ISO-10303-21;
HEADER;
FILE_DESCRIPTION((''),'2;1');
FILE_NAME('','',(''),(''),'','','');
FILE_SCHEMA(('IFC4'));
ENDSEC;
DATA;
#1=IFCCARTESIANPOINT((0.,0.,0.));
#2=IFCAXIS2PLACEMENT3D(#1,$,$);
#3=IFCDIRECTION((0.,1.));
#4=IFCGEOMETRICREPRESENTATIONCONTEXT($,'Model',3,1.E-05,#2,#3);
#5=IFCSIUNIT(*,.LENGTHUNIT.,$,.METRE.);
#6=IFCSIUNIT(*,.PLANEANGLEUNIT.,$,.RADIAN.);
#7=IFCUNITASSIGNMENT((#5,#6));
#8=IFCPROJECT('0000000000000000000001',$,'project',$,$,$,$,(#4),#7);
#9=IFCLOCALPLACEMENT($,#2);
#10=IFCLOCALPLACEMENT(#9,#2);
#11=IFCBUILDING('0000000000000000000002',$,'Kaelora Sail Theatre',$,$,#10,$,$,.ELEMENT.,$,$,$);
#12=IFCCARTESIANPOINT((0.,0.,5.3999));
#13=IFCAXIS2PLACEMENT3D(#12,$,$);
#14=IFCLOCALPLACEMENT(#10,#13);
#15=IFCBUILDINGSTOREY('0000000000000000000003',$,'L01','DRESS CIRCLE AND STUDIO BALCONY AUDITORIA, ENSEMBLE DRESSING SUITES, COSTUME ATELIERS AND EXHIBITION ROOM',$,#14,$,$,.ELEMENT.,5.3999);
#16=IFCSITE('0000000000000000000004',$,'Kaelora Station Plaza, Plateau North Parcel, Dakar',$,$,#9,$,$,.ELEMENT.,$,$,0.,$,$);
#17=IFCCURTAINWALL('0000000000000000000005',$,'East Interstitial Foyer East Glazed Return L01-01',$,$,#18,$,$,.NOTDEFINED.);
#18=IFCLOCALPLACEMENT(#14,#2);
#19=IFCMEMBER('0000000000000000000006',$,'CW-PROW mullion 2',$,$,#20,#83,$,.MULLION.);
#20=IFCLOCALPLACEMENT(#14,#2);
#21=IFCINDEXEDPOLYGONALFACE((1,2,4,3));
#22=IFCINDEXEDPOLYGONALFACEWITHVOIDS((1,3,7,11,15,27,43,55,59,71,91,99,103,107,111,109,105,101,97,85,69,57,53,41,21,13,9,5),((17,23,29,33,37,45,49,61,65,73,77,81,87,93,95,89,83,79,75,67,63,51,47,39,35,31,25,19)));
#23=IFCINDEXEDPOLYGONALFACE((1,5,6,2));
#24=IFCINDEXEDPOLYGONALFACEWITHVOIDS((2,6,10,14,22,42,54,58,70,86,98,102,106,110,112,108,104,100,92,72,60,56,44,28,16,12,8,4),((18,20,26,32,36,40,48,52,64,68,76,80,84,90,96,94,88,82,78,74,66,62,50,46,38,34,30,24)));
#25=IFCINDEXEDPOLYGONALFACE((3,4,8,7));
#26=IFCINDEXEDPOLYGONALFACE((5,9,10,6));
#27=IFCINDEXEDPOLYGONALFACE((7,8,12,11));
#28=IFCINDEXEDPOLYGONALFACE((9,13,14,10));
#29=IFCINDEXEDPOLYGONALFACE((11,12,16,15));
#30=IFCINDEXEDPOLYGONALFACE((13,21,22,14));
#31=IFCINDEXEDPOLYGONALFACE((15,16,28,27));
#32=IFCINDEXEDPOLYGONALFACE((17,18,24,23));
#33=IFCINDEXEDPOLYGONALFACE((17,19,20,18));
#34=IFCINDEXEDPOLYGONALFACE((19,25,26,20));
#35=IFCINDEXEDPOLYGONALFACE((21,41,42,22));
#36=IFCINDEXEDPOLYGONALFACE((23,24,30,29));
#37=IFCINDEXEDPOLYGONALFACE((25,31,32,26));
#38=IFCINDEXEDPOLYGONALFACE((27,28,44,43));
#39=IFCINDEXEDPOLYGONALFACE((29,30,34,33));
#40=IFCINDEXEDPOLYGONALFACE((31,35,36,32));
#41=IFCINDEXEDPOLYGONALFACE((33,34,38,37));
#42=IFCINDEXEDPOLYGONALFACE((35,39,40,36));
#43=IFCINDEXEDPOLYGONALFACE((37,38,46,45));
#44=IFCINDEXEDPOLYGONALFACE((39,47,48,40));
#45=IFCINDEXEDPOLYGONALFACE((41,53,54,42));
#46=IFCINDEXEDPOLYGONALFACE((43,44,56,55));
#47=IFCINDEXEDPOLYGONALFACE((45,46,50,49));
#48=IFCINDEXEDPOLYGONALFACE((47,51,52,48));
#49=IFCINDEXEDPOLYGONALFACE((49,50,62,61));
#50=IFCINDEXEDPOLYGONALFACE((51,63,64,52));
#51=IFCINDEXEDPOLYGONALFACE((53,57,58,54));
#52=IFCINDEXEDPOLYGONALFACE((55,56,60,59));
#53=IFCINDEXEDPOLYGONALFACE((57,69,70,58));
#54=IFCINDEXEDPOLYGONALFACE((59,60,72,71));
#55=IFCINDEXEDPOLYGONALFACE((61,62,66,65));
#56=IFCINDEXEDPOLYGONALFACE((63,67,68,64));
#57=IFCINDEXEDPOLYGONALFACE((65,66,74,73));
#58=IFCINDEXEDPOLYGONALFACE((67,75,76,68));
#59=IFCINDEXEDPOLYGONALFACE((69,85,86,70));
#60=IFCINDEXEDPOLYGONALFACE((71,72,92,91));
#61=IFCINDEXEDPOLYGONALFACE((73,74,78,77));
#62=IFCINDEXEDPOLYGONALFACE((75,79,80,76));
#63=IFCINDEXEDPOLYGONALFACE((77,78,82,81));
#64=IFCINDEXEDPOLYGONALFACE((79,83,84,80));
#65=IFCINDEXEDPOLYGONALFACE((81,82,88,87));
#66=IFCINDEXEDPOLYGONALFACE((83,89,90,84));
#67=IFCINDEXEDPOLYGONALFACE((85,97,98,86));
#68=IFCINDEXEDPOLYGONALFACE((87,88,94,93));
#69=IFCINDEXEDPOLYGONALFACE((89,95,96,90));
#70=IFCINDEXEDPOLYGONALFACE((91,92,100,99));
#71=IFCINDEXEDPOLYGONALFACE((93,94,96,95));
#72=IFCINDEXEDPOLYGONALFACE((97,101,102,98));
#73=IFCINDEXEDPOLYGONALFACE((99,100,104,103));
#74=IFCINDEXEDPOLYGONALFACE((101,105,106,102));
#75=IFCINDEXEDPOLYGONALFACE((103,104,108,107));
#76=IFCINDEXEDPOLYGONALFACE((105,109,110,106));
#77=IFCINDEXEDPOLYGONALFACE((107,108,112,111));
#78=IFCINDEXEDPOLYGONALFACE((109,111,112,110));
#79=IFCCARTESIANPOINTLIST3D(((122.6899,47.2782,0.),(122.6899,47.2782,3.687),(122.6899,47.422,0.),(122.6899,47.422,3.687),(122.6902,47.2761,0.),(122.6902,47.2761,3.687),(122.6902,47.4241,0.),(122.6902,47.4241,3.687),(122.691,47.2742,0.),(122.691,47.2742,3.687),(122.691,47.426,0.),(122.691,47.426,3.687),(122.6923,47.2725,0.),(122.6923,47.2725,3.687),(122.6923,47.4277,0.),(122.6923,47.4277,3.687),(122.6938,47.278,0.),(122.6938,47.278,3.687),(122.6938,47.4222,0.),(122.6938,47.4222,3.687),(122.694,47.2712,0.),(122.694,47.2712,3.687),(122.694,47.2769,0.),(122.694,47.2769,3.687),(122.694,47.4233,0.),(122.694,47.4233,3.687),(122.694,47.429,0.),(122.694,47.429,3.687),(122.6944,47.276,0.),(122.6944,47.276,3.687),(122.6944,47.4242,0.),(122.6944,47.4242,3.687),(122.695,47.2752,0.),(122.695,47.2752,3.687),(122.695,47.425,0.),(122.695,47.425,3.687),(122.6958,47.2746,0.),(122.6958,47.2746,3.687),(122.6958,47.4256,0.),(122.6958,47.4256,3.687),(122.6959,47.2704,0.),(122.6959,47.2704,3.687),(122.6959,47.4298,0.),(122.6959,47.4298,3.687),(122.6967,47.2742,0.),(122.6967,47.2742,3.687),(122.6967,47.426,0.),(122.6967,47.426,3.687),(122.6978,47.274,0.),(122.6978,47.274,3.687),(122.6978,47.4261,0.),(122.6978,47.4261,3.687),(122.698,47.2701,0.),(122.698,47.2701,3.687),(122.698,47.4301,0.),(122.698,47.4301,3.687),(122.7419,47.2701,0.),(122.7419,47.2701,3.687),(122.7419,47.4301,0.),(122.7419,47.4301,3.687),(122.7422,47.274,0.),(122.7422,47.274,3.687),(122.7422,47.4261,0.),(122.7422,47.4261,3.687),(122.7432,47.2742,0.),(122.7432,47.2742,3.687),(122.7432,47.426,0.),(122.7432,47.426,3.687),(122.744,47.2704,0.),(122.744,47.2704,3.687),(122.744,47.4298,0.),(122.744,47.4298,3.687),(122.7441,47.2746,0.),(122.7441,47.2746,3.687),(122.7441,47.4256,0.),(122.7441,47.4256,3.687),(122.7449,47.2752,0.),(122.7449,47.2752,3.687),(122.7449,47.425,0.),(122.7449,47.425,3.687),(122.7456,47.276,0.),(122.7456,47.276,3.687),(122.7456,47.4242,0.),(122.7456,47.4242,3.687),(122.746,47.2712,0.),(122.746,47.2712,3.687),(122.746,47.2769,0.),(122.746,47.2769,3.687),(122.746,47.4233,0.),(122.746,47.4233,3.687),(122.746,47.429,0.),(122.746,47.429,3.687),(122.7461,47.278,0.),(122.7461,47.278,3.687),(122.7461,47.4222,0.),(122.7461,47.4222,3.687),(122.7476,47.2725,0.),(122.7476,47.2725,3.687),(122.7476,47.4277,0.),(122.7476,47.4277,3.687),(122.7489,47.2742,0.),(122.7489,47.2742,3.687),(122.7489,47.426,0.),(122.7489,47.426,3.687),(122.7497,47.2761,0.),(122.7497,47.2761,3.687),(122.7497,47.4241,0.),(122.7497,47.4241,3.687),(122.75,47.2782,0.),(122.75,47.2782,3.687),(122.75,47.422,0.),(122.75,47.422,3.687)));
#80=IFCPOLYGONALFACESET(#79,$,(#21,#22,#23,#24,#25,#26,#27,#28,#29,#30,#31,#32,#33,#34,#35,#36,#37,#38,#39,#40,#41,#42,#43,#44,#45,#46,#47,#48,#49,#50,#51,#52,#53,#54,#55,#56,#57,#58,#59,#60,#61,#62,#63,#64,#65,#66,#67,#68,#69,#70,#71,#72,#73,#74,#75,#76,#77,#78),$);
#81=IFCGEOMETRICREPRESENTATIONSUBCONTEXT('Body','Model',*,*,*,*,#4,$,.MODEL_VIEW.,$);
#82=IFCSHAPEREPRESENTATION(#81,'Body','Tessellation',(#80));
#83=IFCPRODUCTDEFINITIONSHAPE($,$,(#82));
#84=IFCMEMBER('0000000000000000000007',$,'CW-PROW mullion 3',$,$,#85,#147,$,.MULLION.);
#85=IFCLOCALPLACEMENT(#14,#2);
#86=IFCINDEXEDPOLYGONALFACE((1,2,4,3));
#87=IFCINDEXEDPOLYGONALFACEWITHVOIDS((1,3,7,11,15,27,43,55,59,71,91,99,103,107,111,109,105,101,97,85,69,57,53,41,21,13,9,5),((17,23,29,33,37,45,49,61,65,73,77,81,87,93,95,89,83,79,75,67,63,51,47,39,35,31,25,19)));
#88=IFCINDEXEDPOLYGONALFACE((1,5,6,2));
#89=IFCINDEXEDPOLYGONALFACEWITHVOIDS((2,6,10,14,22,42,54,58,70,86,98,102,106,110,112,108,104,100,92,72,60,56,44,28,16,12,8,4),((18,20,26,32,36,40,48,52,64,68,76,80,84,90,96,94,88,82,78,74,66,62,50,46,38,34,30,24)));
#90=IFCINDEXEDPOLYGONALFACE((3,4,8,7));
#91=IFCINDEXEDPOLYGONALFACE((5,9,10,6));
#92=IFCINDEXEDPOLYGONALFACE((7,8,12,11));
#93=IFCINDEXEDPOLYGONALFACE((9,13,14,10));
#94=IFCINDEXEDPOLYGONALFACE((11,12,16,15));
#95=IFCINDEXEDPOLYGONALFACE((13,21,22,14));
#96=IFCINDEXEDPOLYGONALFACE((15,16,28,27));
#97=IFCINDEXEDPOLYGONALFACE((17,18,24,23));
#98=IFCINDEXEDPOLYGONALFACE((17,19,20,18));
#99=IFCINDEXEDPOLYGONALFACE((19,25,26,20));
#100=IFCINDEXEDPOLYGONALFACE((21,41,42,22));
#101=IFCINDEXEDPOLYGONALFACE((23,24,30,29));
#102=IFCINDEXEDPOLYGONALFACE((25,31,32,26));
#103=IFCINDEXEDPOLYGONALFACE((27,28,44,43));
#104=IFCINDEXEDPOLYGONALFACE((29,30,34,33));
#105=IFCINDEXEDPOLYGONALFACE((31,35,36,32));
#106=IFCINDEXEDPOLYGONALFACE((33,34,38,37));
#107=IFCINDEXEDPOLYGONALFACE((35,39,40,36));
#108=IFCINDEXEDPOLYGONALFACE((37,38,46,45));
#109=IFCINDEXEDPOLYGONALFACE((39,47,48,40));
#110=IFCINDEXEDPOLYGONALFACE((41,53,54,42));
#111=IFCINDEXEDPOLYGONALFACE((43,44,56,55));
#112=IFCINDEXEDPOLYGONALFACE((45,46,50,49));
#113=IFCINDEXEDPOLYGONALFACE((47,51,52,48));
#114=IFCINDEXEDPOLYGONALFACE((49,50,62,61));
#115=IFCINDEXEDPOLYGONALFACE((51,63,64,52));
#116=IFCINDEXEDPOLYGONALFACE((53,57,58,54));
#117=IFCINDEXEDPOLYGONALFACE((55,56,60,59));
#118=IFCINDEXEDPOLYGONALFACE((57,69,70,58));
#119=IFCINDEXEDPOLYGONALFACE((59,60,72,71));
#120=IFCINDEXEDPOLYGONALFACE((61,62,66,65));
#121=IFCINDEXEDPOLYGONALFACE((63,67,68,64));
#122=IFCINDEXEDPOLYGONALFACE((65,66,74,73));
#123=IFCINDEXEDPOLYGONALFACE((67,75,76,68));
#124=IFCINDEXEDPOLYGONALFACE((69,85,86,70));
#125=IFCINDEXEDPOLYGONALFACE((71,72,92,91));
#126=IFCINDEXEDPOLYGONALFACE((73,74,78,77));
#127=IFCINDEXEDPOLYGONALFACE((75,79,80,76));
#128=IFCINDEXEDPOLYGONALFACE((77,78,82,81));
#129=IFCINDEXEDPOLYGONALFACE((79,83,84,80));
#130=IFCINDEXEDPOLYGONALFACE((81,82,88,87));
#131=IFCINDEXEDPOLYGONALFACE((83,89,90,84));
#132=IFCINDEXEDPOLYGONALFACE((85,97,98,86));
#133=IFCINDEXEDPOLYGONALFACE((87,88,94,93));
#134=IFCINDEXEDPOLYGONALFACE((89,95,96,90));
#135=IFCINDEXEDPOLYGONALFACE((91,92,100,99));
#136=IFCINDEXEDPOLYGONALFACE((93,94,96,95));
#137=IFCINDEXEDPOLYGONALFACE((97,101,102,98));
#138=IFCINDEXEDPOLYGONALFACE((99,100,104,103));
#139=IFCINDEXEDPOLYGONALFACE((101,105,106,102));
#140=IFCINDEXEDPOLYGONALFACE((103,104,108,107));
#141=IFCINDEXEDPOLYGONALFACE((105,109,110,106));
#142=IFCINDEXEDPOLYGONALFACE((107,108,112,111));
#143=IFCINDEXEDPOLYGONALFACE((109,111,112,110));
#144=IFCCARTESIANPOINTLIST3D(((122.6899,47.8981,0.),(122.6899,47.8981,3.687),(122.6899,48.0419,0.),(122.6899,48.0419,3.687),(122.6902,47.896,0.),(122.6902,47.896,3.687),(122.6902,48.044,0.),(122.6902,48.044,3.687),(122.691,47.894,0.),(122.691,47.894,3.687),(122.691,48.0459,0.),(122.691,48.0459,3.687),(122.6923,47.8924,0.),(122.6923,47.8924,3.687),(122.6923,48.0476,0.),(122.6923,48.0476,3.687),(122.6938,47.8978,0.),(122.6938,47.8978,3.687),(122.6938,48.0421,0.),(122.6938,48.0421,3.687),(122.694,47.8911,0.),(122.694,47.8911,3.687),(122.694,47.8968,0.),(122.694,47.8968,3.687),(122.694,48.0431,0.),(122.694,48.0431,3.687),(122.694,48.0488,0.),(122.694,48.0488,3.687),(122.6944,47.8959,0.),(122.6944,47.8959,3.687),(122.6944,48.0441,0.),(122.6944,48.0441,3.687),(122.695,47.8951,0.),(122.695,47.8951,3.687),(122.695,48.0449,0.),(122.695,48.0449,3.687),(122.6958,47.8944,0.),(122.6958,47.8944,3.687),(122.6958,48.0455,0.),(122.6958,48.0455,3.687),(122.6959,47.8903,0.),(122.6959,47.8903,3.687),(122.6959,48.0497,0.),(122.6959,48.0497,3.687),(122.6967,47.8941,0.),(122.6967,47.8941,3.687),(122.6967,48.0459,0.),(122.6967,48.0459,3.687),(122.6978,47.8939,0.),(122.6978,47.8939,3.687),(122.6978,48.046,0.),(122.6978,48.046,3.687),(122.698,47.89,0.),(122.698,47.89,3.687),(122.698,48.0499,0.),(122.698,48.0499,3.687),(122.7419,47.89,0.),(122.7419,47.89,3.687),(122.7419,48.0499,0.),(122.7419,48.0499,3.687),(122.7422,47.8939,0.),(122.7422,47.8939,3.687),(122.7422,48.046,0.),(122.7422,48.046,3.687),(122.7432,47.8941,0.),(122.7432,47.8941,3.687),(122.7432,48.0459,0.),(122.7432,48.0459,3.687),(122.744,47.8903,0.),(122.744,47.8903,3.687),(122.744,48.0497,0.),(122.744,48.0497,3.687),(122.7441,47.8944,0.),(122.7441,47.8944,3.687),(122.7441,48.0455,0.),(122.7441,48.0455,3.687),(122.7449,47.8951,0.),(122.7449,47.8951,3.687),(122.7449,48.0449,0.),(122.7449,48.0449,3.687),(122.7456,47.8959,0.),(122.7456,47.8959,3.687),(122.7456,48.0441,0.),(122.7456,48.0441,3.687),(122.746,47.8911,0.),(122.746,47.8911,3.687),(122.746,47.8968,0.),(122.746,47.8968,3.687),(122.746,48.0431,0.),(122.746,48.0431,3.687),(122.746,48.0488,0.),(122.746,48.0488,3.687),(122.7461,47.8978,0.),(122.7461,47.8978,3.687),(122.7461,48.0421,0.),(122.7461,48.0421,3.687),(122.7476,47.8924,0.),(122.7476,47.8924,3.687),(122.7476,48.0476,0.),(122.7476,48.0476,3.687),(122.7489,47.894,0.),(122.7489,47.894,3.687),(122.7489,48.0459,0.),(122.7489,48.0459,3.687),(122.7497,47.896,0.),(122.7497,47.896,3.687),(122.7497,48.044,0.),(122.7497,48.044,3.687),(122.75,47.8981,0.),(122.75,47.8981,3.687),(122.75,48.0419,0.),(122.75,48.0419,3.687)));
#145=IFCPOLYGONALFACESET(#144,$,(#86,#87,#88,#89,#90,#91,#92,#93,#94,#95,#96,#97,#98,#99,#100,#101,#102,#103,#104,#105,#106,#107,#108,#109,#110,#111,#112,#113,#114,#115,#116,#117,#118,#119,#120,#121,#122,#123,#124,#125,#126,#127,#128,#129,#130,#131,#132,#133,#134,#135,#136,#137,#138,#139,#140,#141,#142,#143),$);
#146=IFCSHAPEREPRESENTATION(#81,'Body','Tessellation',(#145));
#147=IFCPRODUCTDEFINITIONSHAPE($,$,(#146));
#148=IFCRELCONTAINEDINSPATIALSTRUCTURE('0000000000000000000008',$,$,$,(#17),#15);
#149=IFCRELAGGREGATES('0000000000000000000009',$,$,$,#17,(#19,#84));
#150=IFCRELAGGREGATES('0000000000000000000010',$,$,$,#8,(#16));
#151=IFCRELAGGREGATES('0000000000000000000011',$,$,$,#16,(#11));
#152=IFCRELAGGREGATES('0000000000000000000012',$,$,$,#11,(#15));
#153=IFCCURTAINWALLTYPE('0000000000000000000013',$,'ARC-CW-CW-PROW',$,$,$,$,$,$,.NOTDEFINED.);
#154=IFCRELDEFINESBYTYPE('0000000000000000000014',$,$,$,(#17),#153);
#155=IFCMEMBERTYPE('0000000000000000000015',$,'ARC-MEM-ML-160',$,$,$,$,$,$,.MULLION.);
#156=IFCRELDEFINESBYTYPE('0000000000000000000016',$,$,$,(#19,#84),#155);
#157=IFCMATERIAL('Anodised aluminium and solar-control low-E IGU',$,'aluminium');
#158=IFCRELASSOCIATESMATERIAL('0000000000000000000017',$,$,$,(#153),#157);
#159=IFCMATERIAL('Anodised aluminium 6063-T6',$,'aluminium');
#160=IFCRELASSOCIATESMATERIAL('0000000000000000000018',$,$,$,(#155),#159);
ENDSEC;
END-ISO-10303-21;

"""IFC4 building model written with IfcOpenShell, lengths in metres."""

from ifc_helpers import new_model, si_unit, direction, frame, origin, origin_2d, place, context, subcontext, project, spatial, hollow_rectangle, extrude, material, material_profile, profile_set, type_object, element, aggregate, save


model = new_model("IFC4")

# Units and contexts
model_context = context("Model", 3, precision=1e-05, world=origin(), true_north=direction((0.0, 1.0)))
body_context = subcontext(model_context, "Body", "Model", "MODEL_VIEW")
ifc_project = project(units=[si_unit("LENGTHUNIT", "METRE"), si_unit("PLANEANGLEUNIT", "RADIAN")], contexts=[model_context])

# Site, building, storey
site_placement = place(None, origin())
site = spatial("IfcSite", under=ifc_project, at=site_placement, Name="Kaelora Station Plaza, Plateau North Parcel, Dakar", CompositionType="ELEMENT", RefElevation=0.0)
building_placement = place(site_placement, origin())
building = spatial("IfcBuilding", under=site, at=building_placement, Name="Kaelora Sail Theatre", CompositionType="ELEMENT")
storey_placement = place(building_placement, frame((0.0, 0.0, 5.3999)))
storey = spatial("IfcBuildingStorey", under=building, at=storey_placement, Name="L01", Description="DRESS CIRCLE AND STUDIO BALCONY AUDITORIA, ENSEMBLE DRESSING SUITES, COSTUME ATELIERS AND EXHIBITION ROOM", CompositionType="ELEMENT", Elevation=5.3999)

# Curtain wall, members
ifc_material_1 = material(Name="Anodised aluminium and solar-control low-E IGU", Category="aluminium")
curtain_wall_type = type_object("IfcCurtainWallType", Name="ARC-CW-CW-PROW", PredefinedType="NOTDEFINED", material=ifc_material_1)
curtain_wall_1_placement = place(storey_placement, origin())
curtain_wall_1 = element("IfcCurtainWall", 1, at=curtain_wall_1_placement, inside=storey, type_object=curtain_wall_type, Name="East Interstitial Foyer East Glazed Return L01-01", PredefinedType="NOTDEFINED")
ifc_material_2 = material(Name="Anodised aluminium 6063-T6", Category="aluminium")
ifc_material_profile_1 = material_profile(ifc_material_2, hollow_rectangle(XDim=0.0601, YDim=0.1599, WallThickness=0.0039, InnerFilletRadius=0.0039, OuterFilletRadius=0.0081, at=origin_2d()), Name="ALU-MULL 60x160x4")
ifc_profile_set_1 = profile_set([ifc_material_profile_1], Name="Anodised aluminium 6063-T6")
member_type_1 = type_object("IfcMemberType", Name="ARC-MEM-ML-160", PredefinedType="MULLION", material=ifc_profile_set_1)
member_1_placement = place(storey_placement, frame((122.72, 47.3501, 0.0), z_axis=(0.0, 0.0, 1.0), x_axis=(-1.0, 0.0, 0.0)))
member_1 = element("IfcMember", 2, at=member_1_placement, type_object=member_type_1, Name="CW-PROW mullion 2", PredefinedType="MULLION", context=body_context, shape_type="SweptSolid", body=[
    extrude(hollow_rectangle(XDim=0.0601, YDim=0.1599, WallThickness=0.0039, InnerFilletRadius=0.0039, OuterFilletRadius=0.0081, at=origin_2d()), origin(), (0.0, 0.0, 1.0), 3.687),
])
member_2_placement = place(storey_placement, frame((122.72, 47.97, 0.0), z_axis=(0.0, 0.0, 1.0), x_axis=(-1.0, 0.0, 0.0)))
member_2 = element("IfcMember", 3, at=member_2_placement, type_object=member_type_1, Name="CW-PROW mullion 3", PredefinedType="MULLION", context=body_context, shape_type="SweptSolid", body=[
    extrude(hollow_rectangle(XDim=0.0601, YDim=0.1599, WallThickness=0.0039, InnerFilletRadius=0.0039, OuterFilletRadius=0.0081, at=origin_2d()), origin(), (0.0, 0.0, 1.0), 3.687),
])

aggregate(curtain_wall_1, [member_1, member_2])

save(model, "model.ifc")
